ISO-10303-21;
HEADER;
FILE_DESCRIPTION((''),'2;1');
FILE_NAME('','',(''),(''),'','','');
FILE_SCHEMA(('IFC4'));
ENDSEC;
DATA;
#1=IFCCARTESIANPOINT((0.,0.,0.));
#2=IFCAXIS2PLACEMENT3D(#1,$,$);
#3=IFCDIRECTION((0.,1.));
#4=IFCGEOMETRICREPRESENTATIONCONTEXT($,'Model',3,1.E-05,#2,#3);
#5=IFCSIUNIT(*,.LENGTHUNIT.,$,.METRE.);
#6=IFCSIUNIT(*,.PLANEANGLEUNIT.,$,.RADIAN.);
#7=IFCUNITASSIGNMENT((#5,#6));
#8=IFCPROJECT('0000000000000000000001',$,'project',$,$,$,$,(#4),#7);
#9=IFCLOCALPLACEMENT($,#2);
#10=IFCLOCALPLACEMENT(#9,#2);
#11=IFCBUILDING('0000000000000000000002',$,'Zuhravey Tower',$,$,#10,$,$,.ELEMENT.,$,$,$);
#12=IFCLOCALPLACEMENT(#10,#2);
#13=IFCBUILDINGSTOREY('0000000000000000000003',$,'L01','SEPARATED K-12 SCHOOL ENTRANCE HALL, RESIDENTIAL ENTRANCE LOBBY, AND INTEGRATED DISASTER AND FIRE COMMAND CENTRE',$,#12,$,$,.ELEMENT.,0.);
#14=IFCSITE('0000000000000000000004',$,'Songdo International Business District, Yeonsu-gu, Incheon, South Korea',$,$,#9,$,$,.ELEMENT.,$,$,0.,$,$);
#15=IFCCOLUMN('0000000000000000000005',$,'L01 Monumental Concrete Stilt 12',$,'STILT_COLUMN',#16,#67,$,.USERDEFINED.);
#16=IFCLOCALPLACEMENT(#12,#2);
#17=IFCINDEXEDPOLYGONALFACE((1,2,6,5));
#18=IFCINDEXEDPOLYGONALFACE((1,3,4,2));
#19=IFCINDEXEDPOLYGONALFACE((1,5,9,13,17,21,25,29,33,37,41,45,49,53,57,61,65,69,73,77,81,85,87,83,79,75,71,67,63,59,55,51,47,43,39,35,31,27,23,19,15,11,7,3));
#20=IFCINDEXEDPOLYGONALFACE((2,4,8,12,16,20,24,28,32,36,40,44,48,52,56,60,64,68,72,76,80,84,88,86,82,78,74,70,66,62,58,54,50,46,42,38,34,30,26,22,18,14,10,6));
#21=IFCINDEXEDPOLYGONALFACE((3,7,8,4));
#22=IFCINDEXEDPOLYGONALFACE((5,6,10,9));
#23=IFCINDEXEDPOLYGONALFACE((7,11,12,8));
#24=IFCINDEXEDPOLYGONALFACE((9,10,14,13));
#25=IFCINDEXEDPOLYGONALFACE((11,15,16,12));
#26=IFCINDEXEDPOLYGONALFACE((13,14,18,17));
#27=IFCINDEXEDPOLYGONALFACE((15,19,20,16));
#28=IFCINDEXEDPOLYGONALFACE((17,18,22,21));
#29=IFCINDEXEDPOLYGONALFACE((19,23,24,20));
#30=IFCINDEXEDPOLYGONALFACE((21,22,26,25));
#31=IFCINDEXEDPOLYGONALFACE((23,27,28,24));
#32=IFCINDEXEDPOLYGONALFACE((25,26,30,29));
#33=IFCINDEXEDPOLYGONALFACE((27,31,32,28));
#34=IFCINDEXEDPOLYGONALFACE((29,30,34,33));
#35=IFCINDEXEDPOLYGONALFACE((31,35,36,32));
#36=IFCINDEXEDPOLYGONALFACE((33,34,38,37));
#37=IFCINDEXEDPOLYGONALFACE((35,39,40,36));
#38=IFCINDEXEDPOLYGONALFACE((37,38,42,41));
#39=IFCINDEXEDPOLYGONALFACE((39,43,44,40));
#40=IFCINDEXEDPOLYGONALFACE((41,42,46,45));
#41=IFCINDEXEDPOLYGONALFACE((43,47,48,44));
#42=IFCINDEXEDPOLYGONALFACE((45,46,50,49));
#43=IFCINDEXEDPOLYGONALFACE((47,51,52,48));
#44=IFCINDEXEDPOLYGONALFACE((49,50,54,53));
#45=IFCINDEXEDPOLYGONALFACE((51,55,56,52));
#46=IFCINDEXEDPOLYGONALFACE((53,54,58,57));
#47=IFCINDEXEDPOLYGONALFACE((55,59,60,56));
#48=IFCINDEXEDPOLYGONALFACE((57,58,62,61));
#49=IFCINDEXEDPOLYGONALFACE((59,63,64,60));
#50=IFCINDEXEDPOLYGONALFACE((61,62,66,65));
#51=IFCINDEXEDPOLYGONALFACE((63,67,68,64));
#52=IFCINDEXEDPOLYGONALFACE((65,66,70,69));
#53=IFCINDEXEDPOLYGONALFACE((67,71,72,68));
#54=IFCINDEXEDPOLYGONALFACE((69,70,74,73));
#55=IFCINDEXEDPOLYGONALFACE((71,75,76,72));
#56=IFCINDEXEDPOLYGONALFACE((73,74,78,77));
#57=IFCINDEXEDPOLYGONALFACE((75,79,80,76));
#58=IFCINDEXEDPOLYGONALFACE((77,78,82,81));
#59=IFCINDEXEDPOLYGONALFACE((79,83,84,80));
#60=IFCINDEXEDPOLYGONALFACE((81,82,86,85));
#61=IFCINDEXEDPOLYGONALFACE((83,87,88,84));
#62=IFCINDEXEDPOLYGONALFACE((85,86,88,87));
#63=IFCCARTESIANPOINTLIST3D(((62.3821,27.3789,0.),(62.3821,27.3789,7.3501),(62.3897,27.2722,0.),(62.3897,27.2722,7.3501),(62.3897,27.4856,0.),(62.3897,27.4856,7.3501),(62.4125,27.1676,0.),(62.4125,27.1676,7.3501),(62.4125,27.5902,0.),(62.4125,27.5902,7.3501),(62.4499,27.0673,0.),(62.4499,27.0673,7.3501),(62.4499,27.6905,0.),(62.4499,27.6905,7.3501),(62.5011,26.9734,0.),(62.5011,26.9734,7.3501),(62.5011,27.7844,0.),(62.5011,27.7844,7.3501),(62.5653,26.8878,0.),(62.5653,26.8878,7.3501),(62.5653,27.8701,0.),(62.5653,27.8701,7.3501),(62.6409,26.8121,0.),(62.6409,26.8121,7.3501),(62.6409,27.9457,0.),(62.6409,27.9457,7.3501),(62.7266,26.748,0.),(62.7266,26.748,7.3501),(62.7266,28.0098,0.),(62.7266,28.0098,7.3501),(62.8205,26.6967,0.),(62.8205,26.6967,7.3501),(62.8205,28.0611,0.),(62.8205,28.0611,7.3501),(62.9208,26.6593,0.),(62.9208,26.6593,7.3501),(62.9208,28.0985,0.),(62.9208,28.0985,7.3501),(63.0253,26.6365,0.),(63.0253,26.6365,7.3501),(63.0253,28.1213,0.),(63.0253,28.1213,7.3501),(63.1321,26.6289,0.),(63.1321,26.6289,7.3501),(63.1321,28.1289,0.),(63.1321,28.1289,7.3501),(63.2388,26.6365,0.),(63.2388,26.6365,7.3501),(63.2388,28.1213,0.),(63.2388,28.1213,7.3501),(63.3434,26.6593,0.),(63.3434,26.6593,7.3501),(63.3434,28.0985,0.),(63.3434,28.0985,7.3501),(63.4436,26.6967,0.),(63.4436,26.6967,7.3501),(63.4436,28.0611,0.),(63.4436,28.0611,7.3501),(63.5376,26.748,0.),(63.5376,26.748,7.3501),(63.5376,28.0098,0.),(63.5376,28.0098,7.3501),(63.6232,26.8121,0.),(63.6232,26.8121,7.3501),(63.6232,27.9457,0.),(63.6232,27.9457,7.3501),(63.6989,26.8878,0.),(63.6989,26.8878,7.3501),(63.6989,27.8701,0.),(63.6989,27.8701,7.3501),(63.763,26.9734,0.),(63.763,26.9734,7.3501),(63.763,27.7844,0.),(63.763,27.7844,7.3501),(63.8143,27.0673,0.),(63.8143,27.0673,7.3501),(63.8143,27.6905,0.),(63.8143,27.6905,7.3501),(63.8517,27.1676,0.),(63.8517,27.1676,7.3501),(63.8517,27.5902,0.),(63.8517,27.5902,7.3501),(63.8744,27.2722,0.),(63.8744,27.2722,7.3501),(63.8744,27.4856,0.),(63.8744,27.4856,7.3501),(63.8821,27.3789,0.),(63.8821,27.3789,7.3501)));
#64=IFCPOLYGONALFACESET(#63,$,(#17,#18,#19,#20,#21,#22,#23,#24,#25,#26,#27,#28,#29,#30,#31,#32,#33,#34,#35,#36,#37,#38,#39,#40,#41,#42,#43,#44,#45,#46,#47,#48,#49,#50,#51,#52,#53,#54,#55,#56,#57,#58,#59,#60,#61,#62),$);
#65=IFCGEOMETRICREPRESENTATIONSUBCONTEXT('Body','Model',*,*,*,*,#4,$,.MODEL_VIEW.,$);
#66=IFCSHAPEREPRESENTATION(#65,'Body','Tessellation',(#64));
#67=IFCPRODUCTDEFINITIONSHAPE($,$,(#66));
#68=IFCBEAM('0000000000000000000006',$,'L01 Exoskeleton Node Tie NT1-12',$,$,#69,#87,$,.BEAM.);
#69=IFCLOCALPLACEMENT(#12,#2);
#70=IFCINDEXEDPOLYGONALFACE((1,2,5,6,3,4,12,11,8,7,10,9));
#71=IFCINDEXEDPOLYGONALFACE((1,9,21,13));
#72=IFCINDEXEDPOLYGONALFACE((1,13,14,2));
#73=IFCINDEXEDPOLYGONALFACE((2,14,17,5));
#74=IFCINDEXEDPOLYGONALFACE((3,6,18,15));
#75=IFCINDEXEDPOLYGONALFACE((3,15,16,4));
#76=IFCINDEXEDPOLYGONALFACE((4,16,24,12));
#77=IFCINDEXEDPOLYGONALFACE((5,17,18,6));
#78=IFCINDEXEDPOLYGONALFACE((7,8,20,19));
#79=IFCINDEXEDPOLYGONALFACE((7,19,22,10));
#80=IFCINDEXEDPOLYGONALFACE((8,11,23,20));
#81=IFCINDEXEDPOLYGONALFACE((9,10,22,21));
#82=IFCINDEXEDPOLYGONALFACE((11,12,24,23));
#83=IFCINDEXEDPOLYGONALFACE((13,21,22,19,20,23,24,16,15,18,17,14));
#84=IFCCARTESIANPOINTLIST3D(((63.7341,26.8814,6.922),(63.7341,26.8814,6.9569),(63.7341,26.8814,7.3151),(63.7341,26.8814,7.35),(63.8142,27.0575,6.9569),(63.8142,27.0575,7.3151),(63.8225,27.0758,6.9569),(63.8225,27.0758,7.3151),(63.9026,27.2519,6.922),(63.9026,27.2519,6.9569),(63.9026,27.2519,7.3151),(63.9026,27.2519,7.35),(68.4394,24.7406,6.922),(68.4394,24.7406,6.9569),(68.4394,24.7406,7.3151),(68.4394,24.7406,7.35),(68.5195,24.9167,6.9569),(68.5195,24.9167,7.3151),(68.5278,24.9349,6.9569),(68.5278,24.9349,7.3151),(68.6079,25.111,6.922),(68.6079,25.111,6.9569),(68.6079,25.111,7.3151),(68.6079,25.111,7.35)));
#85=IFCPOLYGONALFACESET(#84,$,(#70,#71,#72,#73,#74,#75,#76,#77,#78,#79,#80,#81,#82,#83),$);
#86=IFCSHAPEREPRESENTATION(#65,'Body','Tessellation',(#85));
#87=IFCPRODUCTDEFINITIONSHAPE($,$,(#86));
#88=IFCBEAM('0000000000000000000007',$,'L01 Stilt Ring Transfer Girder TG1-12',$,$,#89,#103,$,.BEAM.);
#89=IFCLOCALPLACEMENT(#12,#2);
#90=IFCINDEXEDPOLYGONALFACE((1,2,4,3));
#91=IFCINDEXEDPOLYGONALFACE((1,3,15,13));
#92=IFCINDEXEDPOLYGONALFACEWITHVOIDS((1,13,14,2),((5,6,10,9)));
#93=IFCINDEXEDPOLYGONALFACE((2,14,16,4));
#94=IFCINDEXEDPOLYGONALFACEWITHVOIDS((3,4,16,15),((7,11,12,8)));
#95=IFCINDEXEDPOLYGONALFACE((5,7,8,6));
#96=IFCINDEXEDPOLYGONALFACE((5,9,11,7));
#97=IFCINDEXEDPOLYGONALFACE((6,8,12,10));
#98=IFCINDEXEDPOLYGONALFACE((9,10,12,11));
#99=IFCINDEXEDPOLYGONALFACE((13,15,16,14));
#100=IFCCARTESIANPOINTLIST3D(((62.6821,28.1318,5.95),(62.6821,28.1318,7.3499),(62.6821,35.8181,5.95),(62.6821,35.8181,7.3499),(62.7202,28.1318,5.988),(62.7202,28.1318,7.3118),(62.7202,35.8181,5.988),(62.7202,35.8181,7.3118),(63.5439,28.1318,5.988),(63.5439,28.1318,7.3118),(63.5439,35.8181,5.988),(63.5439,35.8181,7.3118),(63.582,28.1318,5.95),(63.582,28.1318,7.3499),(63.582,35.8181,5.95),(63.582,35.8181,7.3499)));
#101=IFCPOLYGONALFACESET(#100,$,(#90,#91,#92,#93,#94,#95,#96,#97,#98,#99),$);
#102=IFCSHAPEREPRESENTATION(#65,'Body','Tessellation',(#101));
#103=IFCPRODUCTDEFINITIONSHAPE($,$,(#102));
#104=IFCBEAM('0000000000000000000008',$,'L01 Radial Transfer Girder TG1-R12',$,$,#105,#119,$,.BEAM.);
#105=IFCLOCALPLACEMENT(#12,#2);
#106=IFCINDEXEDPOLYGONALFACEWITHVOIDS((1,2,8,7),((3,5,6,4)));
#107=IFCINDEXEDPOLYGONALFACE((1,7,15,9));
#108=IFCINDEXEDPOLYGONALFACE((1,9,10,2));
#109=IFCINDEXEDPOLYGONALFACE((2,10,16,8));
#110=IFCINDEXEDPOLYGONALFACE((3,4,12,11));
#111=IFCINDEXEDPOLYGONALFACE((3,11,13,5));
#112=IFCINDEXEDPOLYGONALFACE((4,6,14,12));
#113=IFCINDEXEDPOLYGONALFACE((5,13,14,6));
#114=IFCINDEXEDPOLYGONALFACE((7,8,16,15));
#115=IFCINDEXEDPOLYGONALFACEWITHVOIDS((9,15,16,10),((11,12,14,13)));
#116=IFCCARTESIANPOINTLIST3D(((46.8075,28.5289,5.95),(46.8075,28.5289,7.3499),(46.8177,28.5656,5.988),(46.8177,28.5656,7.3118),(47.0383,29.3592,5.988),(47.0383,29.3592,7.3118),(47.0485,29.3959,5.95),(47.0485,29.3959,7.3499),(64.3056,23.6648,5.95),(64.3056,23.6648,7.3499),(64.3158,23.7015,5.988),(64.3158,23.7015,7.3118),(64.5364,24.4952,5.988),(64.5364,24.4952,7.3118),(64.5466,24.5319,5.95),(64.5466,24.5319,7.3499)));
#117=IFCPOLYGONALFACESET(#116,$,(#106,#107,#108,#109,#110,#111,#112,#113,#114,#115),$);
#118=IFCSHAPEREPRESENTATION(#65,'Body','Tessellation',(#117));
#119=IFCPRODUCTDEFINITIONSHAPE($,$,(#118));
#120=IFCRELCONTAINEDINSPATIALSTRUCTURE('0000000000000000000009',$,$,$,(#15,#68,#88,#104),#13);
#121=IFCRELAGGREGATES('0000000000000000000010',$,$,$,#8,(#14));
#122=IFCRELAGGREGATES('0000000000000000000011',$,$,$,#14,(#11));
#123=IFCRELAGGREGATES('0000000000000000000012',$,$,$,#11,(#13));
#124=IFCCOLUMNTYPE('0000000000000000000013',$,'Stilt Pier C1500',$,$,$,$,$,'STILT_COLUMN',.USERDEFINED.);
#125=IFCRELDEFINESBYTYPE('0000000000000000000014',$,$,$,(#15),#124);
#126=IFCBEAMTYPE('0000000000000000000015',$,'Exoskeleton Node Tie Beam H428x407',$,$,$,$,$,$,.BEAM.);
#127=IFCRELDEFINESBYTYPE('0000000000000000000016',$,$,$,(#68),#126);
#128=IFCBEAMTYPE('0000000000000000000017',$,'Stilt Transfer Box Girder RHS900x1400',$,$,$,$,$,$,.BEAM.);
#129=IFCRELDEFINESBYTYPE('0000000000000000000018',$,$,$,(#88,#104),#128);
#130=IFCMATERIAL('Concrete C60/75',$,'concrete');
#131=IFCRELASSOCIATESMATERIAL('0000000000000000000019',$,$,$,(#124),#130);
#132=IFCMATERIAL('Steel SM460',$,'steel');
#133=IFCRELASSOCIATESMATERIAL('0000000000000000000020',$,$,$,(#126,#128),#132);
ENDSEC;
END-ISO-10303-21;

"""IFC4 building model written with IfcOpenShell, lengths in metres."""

from ifc_helpers import new_model, si_unit, direction, frame, origin, origin_2d, place, context, subcontext, project, spatial, hollow_rectangle, circle, i_section, extrude, material, material_profile, profile_set, type_object, element, save


model = new_model("IFC4")

# Units and contexts
model_context = context("Model", 3, precision=1e-05, world=origin(), true_north=direction((0.0, 1.0)))
body_context = subcontext(model_context, "Body", "Model", "MODEL_VIEW")
ifc_project = project(units=[si_unit("LENGTHUNIT", "METRE"), si_unit("PLANEANGLEUNIT", "RADIAN")], contexts=[model_context])

# Site, building, storey
site_placement = place(None, origin())
site = spatial("IfcSite", under=ifc_project, at=site_placement, Name="Songdo International Business District, Yeonsu-gu, Incheon, South Korea", CompositionType="ELEMENT", RefElevation=0.0)
building_placement = place(site_placement, origin())
building = spatial("IfcBuilding", under=site, at=building_placement, Name="Zuhravey Tower", CompositionType="ELEMENT")
storey_placement = place(building_placement, origin())
storey = spatial("IfcBuildingStorey", under=building, at=storey_placement, Name="L01", Description="SEPARATED K-12 SCHOOL ENTRANCE HALL, RESIDENTIAL ENTRANCE LOBBY, AND INTEGRATED DISASTER AND FIRE COMMAND CENTRE", CompositionType="ELEMENT", Elevation=0.0)

# Column
ifc_material_1 = material(Name="Concrete C60/75", Category="concrete")
ifc_material_profile_1 = material_profile(ifc_material_1, circle(Radius=0.75, at=origin_2d()), Name="RC-CIRC-1500")
ifc_profile_set_1 = profile_set([ifc_material_profile_1], Name="Concrete C60/75")
column_type = type_object("IfcColumnType", Name="Stilt Pier C1500", ElementType="STILT_COLUMN", PredefinedType="USERDEFINED", material=ifc_profile_set_1)
column_placement = place(storey_placement, frame((63.1321, 27.3789, 0.0), z_axis=(0.0, 0.0, 1.0), x_axis=(1.0, 0.0, 0.0)))
element("IfcColumn", 1, at=column_placement, inside=storey, type_object=column_type, Name="L01 Monumental Concrete Stilt 12", ObjectType="STILT_COLUMN", PredefinedType="USERDEFINED", context=body_context, shape_type="SweptSolid", body=[
    extrude(circle(Radius=0.75, at=origin_2d()), origin(), (0.0, 0.0, 1.0), 7.3501),
])

# Beams
ifc_material_2 = material(Name="Steel SM460", Category="steel")
ifc_material_profile_2 = material_profile(ifc_material_2, i_section(OverallWidth=0.407, OverallDepth=0.428, WebThickness=0.02, FlangeThickness=0.0349, at=origin_2d()), Name="H-428x407x20x35")
ifc_profile_set_2 = profile_set([ifc_material_profile_2], Name="Steel SM460")
beam_type_1 = type_object("IfcBeamType", Name="Exoskeleton Node Tie Beam H428x407", PredefinedType="BEAM", material=ifc_profile_set_2)
beam_1_placement = place(storey_placement, frame((63.8184, 27.0667, 7.136), z_axis=(0.910214, -0.414137, 0.0), x_axis=(0.414137, 0.910214, 0.0)))
element("IfcBeam", 2, at=beam_1_placement, inside=storey, type_object=beam_type_1, Name="L01 Exoskeleton Node Tie NT1-12", PredefinedType="BEAM", context=body_context, shape_type="SweptSolid", body=[
    extrude(i_section(OverallWidth=0.407, OverallDepth=0.428, WebThickness=0.02, FlangeThickness=0.0349, at=origin_2d()), origin(), (0.0, 0.0, 1.0), 5.1694),
])
ifc_material_profile_3 = material_profile(ifc_material_2, hollow_rectangle(XDim=0.8999, YDim=1.3999, WallThickness=0.0381, at=origin_2d()), Name="RHS-900x1400x38")
ifc_profile_set_3 = profile_set([ifc_material_profile_3], Name="Steel SM460")
beam_type_2 = type_object("IfcBeamType", Name="Stilt Transfer Box Girder RHS900x1400", PredefinedType="BEAM", material=ifc_profile_set_3)
beam_2_placement = place(storey_placement, frame((63.1321, 28.1318, 6.6499), z_axis=(0.0, 1.0, 0.0), x_axis=(-1.0, 0.0, 0.0)))
element("IfcBeam", 3, at=beam_2_placement, inside=storey, type_object=beam_type_2, Name="L01 Stilt Ring Transfer Girder TG1-12", PredefinedType="BEAM", context=body_context, shape_type="SweptSolid", body=[
    extrude(hollow_rectangle(XDim=0.8999, YDim=1.3999, WallThickness=0.0381, at=origin_2d()), origin(), (0.0, 0.0, 1.0), 7.6863),
])
beam_3_placement = place(storey_placement, frame((46.928, 28.9624, 6.6499), z_axis=(0.963469, -0.26782, 0.0), x_axis=(0.26782, 0.963469, 0.0)))
element("IfcBeam", 4, at=beam_3_placement, inside=storey, type_object=beam_type_2, Name="L01 Radial Transfer Girder TG1-R12", PredefinedType="BEAM", context=body_context, shape_type="SweptSolid", body=[
    extrude(hollow_rectangle(XDim=0.8999, YDim=1.3999, WallThickness=0.0381, at=origin_2d()), origin(), (0.0, 0.0, 1.0), 18.1616),
])

save(model, "model.ifc")
